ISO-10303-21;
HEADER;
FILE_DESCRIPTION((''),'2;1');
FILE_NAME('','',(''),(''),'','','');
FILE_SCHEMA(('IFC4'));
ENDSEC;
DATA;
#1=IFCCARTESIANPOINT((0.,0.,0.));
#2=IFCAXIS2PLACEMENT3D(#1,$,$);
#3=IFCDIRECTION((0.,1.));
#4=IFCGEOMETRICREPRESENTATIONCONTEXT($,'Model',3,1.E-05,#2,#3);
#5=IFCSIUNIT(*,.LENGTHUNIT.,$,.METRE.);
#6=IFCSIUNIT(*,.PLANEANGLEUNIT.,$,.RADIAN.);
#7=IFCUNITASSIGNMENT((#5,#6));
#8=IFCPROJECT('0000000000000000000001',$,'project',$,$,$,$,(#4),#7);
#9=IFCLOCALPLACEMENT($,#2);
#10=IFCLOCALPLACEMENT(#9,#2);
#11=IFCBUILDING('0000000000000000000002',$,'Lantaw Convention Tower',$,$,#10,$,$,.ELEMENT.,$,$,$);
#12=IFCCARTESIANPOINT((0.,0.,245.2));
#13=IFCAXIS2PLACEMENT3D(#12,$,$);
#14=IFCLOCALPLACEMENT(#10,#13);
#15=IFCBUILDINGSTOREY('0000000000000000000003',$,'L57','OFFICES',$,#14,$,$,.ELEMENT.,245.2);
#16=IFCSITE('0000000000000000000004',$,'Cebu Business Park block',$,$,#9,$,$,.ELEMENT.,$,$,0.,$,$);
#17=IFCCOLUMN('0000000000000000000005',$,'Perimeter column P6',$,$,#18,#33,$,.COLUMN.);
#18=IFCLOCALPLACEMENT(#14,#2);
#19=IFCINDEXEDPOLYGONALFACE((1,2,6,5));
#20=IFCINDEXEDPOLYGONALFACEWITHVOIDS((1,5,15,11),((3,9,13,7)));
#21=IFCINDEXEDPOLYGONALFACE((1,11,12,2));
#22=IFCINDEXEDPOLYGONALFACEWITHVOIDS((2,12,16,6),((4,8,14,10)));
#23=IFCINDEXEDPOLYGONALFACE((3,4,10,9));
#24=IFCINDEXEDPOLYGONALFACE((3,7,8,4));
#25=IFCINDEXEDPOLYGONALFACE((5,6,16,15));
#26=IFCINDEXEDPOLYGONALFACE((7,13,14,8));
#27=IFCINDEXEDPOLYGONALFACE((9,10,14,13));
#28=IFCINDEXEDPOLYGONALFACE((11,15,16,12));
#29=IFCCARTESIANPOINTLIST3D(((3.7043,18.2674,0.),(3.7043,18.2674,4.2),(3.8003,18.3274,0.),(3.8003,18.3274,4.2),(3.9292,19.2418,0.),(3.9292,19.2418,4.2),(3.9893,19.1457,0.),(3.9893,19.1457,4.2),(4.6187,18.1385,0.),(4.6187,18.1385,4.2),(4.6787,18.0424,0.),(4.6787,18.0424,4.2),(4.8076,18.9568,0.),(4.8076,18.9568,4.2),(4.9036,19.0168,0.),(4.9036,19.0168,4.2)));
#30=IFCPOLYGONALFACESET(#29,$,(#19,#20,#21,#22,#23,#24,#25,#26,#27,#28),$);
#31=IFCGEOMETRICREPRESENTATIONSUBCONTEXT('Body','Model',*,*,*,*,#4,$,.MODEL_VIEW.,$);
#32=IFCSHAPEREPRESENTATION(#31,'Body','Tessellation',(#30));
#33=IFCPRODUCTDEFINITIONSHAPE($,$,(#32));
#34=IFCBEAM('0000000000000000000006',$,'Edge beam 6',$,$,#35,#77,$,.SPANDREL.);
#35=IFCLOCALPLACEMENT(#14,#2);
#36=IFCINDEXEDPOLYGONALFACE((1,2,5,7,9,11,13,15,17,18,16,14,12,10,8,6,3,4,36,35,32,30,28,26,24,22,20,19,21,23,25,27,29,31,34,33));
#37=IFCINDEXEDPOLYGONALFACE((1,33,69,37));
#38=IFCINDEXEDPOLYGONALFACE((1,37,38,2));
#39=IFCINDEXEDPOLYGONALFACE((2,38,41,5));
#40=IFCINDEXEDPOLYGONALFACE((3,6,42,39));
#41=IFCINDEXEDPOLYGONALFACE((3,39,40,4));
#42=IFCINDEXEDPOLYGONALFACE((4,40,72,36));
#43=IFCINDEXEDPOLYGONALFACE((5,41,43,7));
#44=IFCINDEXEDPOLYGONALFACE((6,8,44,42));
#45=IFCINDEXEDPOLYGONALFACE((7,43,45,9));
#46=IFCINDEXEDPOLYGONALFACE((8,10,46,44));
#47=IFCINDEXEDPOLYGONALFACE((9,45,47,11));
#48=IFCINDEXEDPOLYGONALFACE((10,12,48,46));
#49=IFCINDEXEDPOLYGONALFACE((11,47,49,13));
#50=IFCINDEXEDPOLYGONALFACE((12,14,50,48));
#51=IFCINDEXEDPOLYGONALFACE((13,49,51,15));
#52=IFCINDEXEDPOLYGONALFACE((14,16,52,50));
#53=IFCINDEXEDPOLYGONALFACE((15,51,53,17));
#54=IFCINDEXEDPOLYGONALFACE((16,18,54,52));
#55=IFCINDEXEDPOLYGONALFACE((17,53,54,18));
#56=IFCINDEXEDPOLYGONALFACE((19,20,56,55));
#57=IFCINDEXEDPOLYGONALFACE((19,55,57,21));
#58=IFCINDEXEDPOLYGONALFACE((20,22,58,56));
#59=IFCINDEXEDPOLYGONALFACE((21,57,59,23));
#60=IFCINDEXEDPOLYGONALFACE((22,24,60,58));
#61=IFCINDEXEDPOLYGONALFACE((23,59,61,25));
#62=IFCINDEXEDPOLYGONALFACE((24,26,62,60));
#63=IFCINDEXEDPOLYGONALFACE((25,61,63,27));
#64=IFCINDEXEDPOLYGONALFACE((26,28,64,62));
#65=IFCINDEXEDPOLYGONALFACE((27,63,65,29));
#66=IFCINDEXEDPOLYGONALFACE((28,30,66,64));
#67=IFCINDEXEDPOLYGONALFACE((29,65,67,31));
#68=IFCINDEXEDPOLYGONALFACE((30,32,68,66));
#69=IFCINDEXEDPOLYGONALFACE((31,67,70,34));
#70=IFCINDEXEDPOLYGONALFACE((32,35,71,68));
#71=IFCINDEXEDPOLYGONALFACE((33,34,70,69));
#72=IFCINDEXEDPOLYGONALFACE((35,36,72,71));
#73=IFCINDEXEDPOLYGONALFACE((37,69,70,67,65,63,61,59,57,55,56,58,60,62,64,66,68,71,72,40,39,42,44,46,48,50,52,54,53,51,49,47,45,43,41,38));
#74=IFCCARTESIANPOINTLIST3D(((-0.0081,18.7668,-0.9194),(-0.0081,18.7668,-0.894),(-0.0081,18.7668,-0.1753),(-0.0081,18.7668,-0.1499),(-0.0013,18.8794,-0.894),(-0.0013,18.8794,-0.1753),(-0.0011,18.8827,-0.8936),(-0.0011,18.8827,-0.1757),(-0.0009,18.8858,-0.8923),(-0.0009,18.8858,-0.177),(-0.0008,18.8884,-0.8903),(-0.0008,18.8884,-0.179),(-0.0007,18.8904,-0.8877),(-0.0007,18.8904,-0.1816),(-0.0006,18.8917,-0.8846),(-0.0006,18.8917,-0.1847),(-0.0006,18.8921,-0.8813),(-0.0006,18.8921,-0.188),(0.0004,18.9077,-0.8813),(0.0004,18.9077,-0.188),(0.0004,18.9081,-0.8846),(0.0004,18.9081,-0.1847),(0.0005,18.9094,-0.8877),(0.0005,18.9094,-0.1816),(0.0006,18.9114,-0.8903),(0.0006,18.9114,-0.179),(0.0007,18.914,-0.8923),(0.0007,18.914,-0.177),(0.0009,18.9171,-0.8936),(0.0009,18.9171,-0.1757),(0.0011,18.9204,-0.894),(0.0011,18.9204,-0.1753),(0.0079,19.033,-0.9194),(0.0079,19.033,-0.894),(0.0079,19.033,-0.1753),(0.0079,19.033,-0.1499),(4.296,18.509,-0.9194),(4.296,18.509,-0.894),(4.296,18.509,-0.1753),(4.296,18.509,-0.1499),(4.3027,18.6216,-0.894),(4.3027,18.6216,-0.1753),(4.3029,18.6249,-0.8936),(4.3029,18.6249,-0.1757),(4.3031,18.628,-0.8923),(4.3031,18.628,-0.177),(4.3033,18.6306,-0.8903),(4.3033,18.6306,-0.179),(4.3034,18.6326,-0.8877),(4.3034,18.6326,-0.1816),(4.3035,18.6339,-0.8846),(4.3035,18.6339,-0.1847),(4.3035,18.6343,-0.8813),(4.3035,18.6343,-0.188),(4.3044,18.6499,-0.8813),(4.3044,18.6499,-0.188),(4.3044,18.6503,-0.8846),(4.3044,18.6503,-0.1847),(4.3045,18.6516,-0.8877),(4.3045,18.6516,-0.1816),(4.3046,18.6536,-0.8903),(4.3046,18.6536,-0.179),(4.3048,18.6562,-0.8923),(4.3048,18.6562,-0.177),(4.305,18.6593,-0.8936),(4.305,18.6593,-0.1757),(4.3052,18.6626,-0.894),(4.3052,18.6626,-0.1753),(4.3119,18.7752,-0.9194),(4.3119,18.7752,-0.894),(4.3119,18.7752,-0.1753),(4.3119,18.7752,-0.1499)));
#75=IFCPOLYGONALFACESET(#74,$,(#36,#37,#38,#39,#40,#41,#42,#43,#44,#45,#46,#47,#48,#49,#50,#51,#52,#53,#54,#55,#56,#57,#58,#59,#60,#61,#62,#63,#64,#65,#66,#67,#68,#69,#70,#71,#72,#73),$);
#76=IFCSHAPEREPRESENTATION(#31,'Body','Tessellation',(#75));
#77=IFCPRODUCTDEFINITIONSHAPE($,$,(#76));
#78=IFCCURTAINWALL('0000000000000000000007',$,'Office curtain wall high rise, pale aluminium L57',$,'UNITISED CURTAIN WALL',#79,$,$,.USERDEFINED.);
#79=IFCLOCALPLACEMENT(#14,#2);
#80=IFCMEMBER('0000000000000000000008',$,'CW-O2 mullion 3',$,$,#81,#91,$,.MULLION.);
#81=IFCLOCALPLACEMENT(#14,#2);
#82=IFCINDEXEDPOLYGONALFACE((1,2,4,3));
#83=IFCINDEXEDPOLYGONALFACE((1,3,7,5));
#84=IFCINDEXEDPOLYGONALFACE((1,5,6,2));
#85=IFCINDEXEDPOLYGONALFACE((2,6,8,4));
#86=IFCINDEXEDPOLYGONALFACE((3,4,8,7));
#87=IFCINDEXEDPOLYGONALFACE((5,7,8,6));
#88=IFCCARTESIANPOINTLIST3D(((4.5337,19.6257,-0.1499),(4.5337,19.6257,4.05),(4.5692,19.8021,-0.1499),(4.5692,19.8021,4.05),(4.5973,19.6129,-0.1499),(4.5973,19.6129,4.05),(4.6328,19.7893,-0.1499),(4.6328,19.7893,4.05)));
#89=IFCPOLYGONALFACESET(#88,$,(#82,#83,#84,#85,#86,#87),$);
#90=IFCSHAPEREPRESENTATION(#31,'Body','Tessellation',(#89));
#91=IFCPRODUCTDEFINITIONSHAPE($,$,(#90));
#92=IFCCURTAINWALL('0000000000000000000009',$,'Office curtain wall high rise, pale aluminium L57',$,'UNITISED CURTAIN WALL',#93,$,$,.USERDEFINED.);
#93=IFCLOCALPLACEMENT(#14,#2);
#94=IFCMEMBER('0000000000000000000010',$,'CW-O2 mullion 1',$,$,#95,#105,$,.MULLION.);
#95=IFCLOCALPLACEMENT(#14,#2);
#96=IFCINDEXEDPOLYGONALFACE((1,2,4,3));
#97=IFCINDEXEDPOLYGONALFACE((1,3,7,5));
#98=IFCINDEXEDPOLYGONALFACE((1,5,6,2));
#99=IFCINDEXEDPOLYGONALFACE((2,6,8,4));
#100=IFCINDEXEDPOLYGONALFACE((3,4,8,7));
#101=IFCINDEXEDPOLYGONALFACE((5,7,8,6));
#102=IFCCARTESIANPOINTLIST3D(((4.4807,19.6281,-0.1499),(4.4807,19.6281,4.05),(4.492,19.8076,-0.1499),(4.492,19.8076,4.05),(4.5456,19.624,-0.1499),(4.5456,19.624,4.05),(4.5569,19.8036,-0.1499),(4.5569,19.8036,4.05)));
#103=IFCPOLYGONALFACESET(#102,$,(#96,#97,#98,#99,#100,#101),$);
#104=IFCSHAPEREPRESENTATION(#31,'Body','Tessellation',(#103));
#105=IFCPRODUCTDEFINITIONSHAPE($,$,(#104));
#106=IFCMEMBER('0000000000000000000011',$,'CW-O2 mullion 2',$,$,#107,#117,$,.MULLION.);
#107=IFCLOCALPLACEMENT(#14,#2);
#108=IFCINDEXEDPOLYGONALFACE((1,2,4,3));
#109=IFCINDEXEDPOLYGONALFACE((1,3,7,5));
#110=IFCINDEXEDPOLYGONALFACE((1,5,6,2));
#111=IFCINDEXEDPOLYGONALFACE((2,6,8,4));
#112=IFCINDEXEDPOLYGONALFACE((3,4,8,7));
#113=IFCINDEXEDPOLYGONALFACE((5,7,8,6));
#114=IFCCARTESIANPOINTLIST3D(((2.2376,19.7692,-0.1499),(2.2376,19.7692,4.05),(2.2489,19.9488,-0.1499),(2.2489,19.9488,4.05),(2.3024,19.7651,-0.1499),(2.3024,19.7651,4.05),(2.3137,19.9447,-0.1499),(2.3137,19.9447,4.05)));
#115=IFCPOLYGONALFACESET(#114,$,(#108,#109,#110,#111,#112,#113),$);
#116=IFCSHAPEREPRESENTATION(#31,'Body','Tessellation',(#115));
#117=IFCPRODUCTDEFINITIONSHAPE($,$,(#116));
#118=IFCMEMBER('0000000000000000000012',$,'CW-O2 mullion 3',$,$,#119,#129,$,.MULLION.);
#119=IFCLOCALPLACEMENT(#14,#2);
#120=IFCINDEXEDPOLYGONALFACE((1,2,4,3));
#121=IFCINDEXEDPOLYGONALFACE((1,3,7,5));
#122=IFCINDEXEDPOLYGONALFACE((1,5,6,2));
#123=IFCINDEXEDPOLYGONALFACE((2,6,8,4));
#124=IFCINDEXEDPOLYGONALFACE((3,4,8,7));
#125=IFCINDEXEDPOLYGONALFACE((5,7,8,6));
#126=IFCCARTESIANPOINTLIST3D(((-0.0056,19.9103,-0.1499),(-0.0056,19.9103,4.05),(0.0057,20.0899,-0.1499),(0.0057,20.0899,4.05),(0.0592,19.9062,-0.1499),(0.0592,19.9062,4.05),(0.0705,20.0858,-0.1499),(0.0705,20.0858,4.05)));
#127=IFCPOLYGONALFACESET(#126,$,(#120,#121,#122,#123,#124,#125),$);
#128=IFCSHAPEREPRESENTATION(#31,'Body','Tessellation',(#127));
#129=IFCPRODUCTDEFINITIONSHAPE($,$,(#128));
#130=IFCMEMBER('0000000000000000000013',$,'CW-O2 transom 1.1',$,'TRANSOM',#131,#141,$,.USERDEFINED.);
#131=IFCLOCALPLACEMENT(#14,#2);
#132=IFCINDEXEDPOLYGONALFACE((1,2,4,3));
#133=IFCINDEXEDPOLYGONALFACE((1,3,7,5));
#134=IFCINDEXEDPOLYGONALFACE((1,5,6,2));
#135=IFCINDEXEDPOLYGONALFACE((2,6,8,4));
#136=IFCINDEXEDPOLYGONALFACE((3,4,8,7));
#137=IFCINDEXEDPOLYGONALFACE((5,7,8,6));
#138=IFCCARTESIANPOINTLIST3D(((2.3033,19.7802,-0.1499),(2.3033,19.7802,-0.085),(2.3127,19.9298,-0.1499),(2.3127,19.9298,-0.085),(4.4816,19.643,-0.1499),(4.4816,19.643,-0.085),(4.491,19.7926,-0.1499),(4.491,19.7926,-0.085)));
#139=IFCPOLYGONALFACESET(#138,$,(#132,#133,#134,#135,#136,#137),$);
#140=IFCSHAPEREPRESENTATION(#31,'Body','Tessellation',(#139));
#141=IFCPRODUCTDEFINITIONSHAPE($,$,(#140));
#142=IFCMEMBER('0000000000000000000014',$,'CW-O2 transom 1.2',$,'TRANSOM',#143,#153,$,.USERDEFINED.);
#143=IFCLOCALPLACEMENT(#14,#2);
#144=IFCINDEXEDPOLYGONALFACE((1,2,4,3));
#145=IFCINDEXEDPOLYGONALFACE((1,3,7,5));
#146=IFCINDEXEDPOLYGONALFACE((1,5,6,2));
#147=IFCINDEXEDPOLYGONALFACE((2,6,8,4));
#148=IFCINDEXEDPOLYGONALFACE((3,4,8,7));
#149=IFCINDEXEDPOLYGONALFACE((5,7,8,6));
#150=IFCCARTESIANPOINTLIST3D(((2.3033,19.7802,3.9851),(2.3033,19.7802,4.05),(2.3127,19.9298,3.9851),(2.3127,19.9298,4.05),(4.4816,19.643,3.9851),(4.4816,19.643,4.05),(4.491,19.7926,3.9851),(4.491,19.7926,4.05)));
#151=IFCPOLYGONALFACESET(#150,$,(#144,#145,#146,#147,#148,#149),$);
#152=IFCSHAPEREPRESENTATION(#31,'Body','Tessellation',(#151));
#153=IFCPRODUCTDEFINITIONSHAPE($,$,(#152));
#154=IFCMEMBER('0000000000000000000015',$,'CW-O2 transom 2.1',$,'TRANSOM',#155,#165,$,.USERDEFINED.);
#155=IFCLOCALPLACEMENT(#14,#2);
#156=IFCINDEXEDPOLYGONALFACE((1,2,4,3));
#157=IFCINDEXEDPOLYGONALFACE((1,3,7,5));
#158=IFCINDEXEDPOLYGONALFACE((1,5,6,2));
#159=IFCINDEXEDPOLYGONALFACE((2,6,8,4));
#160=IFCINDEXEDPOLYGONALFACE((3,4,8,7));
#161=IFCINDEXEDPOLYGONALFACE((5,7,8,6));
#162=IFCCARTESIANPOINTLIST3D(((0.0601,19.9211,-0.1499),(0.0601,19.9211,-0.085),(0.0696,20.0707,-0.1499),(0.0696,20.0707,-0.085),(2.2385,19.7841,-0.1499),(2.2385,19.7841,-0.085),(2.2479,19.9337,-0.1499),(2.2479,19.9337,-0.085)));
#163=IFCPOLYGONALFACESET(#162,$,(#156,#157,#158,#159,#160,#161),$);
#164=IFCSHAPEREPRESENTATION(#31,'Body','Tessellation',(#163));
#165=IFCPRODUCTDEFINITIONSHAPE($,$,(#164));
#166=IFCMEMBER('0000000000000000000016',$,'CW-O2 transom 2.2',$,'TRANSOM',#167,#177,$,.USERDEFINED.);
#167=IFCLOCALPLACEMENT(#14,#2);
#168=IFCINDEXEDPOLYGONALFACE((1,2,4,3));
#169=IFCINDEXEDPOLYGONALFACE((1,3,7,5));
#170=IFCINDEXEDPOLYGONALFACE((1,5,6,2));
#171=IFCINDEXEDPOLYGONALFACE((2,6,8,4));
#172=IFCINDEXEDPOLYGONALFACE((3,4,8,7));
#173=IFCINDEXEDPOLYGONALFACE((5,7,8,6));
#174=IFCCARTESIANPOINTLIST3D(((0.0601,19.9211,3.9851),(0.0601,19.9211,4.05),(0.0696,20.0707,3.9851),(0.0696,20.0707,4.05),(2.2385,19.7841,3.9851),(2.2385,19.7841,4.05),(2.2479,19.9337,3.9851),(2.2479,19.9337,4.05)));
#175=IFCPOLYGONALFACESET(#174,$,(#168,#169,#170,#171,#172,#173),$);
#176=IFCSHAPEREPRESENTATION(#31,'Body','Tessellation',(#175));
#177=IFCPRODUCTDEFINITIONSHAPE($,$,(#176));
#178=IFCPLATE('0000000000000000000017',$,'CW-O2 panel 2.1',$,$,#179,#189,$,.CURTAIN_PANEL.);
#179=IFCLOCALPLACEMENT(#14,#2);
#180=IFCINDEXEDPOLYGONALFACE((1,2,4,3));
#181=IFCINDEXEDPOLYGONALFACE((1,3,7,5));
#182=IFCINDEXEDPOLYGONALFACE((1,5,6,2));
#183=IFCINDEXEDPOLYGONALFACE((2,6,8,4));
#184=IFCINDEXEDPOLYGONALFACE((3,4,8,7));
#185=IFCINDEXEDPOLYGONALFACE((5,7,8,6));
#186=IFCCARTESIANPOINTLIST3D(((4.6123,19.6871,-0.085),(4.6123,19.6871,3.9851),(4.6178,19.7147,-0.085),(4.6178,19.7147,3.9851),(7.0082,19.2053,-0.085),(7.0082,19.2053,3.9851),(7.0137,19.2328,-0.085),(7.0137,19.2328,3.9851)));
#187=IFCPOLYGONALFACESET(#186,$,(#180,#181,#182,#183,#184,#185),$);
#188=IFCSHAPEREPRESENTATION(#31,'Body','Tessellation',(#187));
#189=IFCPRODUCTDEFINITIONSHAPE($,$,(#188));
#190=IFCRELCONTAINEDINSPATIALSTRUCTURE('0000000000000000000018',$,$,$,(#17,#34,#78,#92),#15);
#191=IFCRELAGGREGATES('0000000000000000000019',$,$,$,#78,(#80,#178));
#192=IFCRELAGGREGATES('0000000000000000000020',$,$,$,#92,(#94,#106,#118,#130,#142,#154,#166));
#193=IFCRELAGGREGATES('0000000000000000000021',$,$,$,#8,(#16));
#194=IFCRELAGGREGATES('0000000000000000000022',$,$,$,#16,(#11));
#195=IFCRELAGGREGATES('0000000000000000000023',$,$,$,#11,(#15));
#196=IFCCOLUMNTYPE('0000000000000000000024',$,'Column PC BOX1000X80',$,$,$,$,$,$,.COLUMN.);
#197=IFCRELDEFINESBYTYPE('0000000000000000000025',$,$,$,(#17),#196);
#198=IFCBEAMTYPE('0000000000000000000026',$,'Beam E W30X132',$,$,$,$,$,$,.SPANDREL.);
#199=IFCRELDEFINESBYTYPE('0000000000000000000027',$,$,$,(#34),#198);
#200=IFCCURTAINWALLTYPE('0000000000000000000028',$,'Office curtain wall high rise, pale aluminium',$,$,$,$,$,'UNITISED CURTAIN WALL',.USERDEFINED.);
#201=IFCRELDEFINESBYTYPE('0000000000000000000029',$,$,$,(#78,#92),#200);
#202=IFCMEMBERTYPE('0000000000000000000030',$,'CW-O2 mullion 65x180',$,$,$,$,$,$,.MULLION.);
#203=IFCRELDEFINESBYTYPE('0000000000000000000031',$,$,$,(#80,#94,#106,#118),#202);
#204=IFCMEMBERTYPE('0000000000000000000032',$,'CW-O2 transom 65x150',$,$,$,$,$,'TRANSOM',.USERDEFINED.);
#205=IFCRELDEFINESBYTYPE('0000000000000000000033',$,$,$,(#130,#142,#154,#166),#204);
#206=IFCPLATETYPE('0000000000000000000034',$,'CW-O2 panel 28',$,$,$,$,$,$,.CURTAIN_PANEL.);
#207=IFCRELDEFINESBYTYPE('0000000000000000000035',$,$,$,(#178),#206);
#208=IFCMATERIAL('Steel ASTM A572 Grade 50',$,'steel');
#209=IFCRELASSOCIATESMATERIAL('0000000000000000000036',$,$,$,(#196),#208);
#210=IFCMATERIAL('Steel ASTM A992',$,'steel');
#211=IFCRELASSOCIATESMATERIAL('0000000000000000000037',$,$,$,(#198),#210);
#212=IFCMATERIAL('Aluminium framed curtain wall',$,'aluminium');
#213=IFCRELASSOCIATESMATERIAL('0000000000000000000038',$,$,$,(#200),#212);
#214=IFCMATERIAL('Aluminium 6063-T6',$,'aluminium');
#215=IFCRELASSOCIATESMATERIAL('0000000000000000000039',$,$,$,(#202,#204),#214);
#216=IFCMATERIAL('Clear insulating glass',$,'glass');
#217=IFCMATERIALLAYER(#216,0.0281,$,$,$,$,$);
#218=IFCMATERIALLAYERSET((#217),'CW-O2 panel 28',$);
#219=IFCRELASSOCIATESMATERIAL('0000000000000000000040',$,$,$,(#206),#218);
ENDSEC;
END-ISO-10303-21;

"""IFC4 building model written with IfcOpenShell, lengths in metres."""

from ifc_helpers import new_model, si_unit, direction, frame, origin, origin_2d, place, context, subcontext, project, spatial, rectangle, hollow_rectangle, i_section, extrude, material, layer, layer_set, material_profile, profile_set, type_object, element, aggregate, save


model = new_model("IFC4")

# Units and contexts
model_context = context("Model", 3, precision=1e-05, world=origin(), true_north=direction((0.0, 1.0)))
body_context = subcontext(model_context, "Body", "Model", "MODEL_VIEW")
ifc_project = project(units=[si_unit("LENGTHUNIT", "METRE"), si_unit("PLANEANGLEUNIT", "RADIAN")], contexts=[model_context])

# Site, building, storey
site_placement = place(None, origin())
site = spatial("IfcSite", under=ifc_project, at=site_placement, Name="Cebu Business Park block", CompositionType="ELEMENT", RefElevation=0.0)
building_placement = place(site_placement, origin())
building = spatial("IfcBuilding", under=site, at=building_placement, Name="Lantaw Convention Tower", CompositionType="ELEMENT")
storey_placement = place(building_placement, frame((0.0, 0.0, 245.2)))
storey = spatial("IfcBuildingStorey", under=building, at=storey_placement, Name="L57", Description="OFFICES", CompositionType="ELEMENT", Elevation=245.2)

# Column
ifc_material_1 = material(Name="Steel ASTM A572 Grade 50", Category="steel")
ifc_material_profile_1 = material_profile(ifc_material_1, hollow_rectangle(XDim=1.0, YDim=1.0, WallThickness=0.0801, at=origin_2d()), Name="BOX1000X80")
ifc_material_2 = material(Name="Concrete C60/75", Category="concrete")
ifc_material_profile_2 = material_profile(ifc_material_2, rectangle(XDim=0.8401, YDim=0.8401, at=origin_2d()), Name="Concrete fill of BOX1000X80")
ifc_profile_set_1 = profile_set([ifc_material_profile_1, ifc_material_profile_2], Name="Steel ASTM A572 Grade 50")
column_type = type_object("IfcColumnType", Name="Column PC BOX1000X80", PredefinedType="COLUMN", material=ifc_profile_set_1)
column_placement = place(storey_placement, frame((4.304, 18.6421, 0.0), z_axis=(0.0, 0.0, 1.0), x_axis=(0.224951, 0.97437, 0.0)))
element("IfcColumn", 1, at=column_placement, inside=storey, type_object=column_type, Name="Perimeter column P6", PredefinedType="COLUMN", context=body_context, shape_type="SweptSolid", body=[
    extrude(hollow_rectangle(XDim=1.0, YDim=1.0, WallThickness=0.0801, at=origin_2d()), origin(), (0.0, 0.0, 1.0), 4.2),
])

# Beam
ifc_material_3 = material(Name="Steel ASTM A992", Category="steel")
ifc_material_profile_3 = material_profile(ifc_material_3, i_section(OverallWidth=0.2666, OverallDepth=0.7695, WebThickness=0.0156, FlangeThickness=0.0254, FilletRadius=0.0127, at=origin_2d()), Name="W30X132")
ifc_profile_set_2 = profile_set([ifc_material_profile_3], Name="Steel ASTM A992")
beam_type = type_object("IfcBeamType", Name="Beam E W30X132", PredefinedType="SPANDREL", material=ifc_profile_set_2)
beam_placement = place(storey_placement, frame((4.304, 18.6421, -0.5347), z_axis=(-0.998211, 0.059794, 0.0), x_axis=(-0.059794, -0.998211, 0.0)))
element("IfcBeam", 2, at=beam_placement, inside=storey, type_object=beam_type, Name="Edge beam 6", PredefinedType="SPANDREL", context=body_context, shape_type="SweptSolid", body=[
    extrude(i_section(OverallWidth=0.2666, OverallDepth=0.7695, WebThickness=0.0156, FlangeThickness=0.0254, FilletRadius=0.0127, at=origin_2d()), origin(), (0.0, 0.0, 1.0), 4.3118),
])

# Curtain wall, member
ifc_material_4 = material(Name="Aluminium framed curtain wall", Category="aluminium")
curtain_wall_type = type_object("IfcCurtainWallType", Name="Office curtain wall high rise, pale aluminium", ElementType="UNITISED CURTAIN WALL", PredefinedType="USERDEFINED", material=ifc_material_4)
curtain_wall_1_placement = place(storey_placement, origin())
curtain_wall_1 = element("IfcCurtainWall", 3, at=curtain_wall_1_placement, inside=storey, type_object=curtain_wall_type, Name="Office curtain wall high rise, pale aluminium L57", ObjectType="UNITISED CURTAIN WALL", PredefinedType="USERDEFINED")
ifc_material_5 = material(Name="Aluminium 6063-T6", Category="aluminium")
ifc_material_profile_4 = material_profile(ifc_material_5, rectangle(XDim=0.1799, YDim=0.0649, at=origin_2d()), Name="CW-O2 mullion 65x180")
ifc_profile_set_3 = profile_set([ifc_material_profile_4], Name="Aluminium 6063-T6")
member_type_1 = type_object("IfcMemberType", Name="CW-O2 mullion 65x180", PredefinedType="MULLION", material=ifc_profile_set_3)
member_1_placement = place(storey_placement, frame((4.5833, 19.7075, -0.1499), z_axis=(0.0, 0.0, 1.0), x_axis=(-0.197183, -0.980367, 0.0)))
member_1 = element("IfcMember", 4, at=member_1_placement, type_object=member_type_1, Name="CW-O2 mullion 3", PredefinedType="MULLION", context=body_context, shape_type="SweptSolid", body=[
    extrude(rectangle(XDim=0.1799, YDim=0.0649, at=origin_2d()), origin(), (0.0, 0.0, 1.0), 4.2),
])

# Curtain wall, members
curtain_wall_2_placement = place(storey_placement, origin())
curtain_wall_2 = element("IfcCurtainWall", 5, at=curtain_wall_2_placement, inside=storey, type_object=curtain_wall_type, Name="Office curtain wall high rise, pale aluminium L57", ObjectType="UNITISED CURTAIN WALL", PredefinedType="USERDEFINED")
member_2_placement = place(storey_placement, frame((4.5188, 19.7158, -0.1499), z_axis=(0.0, 0.0, 1.0), x_axis=(-0.062758, -0.998029, 0.0)))
member_2 = element("IfcMember", 6, at=member_2_placement, type_object=member_type_1, Name="CW-O2 mullion 1", PredefinedType="MULLION", context=body_context, shape_type="SweptSolid", body=[
    extrude(rectangle(XDim=0.1799, YDim=0.0649, at=origin_2d()), origin(), (0.0, 0.0, 1.0), 4.2),
])
member_3_placement = place(storey_placement, frame((2.2756, 19.8569, -0.1499), z_axis=(0.0, 0.0, 1.0), x_axis=(-0.062758, -0.998029, 0.0)))
member_3 = element("IfcMember", 7, at=member_3_placement, type_object=member_type_1, Name="CW-O2 mullion 2", PredefinedType="MULLION", context=body_context, shape_type="SweptSolid", body=[
    extrude(rectangle(XDim=0.1799, YDim=0.0649, at=origin_2d()), origin(), (0.0, 0.0, 1.0), 4.2),
])
member_4_placement = place(storey_placement, frame((0.0325, 19.998, -0.1499), z_axis=(0.0, 0.0, 1.0), x_axis=(-0.062758, -0.998029, 0.0)))
member_4 = element("IfcMember", 8, at=member_4_placement, type_object=member_type_1, Name="CW-O2 mullion 3", PredefinedType="MULLION", context=body_context, shape_type="SweptSolid", body=[
    extrude(rectangle(XDim=0.1799, YDim=0.0649, at=origin_2d()), origin(), (0.0, 0.0, 1.0), 4.2),
])
ifc_material_profile_5 = material_profile(ifc_material_5, rectangle(XDim=0.1499, YDim=0.0649, at=origin_2d()), Name="CW-O2 transom 65x150")
ifc_profile_set_4 = profile_set([ifc_material_profile_5], Name="Aluminium 6063-T6")
member_type_2 = type_object("IfcMemberType", Name="CW-O2 transom 65x150", ElementType="TRANSOM", PredefinedType="USERDEFINED", material=ifc_profile_set_4)
member_5_placement = place(storey_placement, frame((4.4863, 19.7178, -0.1174), z_axis=(-0.998022, 0.062866, 0.0), x_axis=(-0.062866, -0.998022, 0.0)))
member_5 = element("IfcMember", 9, at=member_5_placement, type_object=member_type_2, Name="CW-O2 transom 1.1", ObjectType="TRANSOM", PredefinedType="USERDEFINED", context=body_context, shape_type="SweptSolid", body=[
    extrude(rectangle(XDim=0.1499, YDim=0.0649, at=origin_2d()), origin(), (0.0, 0.0, 1.0), 2.1826),
])
member_6_placement = place(storey_placement, frame((4.4863, 19.7178, 4.0176), z_axis=(-0.998022, 0.062866, 0.0), x_axis=(-0.062866, -0.998022, 0.0)))
member_6 = element("IfcMember", 10, at=member_6_placement, type_object=member_type_2, Name="CW-O2 transom 1.2", ObjectType="TRANSOM", PredefinedType="USERDEFINED", context=body_context, shape_type="SweptSolid", body=[
    extrude(rectangle(XDim=0.1499, YDim=0.0649, at=origin_2d()), origin(), (0.0, 0.0, 1.0), 2.1826),
])
member_7_placement = place(storey_placement, frame((2.2432, 19.8589, -0.1174), z_axis=(-0.998029, 0.062754, 0.0), x_axis=(-0.062754, -0.998029, 0.0)))
member_7 = element("IfcMember", 11, at=member_7_placement, type_object=member_type_2, Name="CW-O2 transom 2.1", ObjectType="TRANSOM", PredefinedType="USERDEFINED", context=body_context, shape_type="SweptSolid", body=[
    extrude(rectangle(XDim=0.1499, YDim=0.0649, at=origin_2d()), origin(), (0.0, 0.0, 1.0), 2.1826),
])
member_8_placement = place(storey_placement, frame((2.2432, 19.8589, 4.0176), z_axis=(-0.998029, 0.062754, 0.0), x_axis=(-0.062754, -0.998029, 0.0)))
member_8 = element("IfcMember", 12, at=member_8_placement, type_object=member_type_2, Name="CW-O2 transom 2.2", ObjectType="TRANSOM", PredefinedType="USERDEFINED", context=body_context, shape_type="SweptSolid", body=[
    extrude(rectangle(XDim=0.1499, YDim=0.0649, at=origin_2d()), origin(), (0.0, 0.0, 1.0), 2.1826),
])

# Plate
ifc_material_6 = material(Name="Clear insulating glass", Category="glass")
ifc_layer_1 = layer(ifc_material_6, 0.0281)
ifc_layer_set_1 = layer_set([ifc_layer_1], Name="CW-O2 panel 28")
plate_type_1 = type_object("IfcPlateType", Name="CW-O2 panel 28", PredefinedType="CURTAIN_PANEL", material=ifc_layer_set_1)
plate_1_placement = place(storey_placement, frame((5.813, 19.46, -0.085), z_axis=(0.0, 0.0, 1.0), x_axis=(-0.980367, 0.197183, 0.0)))
plate_1 = element("IfcPlate", 13, at=plate_1_placement, type_object=plate_type_1, Name="CW-O2 panel 2.1", PredefinedType="CURTAIN_PANEL", context=body_context, shape_type="SweptSolid", body=[
    extrude(rectangle(XDim=2.4438, YDim=0.0281, at=origin_2d()), origin(), (0.0, 0.0, 1.0), 4.0701),
])
aggregate(curtain_wall_1, [member_1, plate_1])
aggregate(curtain_wall_2, [member_2, member_3, member_4, member_5, member_6, member_7, member_8])

save(model, "model.ifc")
